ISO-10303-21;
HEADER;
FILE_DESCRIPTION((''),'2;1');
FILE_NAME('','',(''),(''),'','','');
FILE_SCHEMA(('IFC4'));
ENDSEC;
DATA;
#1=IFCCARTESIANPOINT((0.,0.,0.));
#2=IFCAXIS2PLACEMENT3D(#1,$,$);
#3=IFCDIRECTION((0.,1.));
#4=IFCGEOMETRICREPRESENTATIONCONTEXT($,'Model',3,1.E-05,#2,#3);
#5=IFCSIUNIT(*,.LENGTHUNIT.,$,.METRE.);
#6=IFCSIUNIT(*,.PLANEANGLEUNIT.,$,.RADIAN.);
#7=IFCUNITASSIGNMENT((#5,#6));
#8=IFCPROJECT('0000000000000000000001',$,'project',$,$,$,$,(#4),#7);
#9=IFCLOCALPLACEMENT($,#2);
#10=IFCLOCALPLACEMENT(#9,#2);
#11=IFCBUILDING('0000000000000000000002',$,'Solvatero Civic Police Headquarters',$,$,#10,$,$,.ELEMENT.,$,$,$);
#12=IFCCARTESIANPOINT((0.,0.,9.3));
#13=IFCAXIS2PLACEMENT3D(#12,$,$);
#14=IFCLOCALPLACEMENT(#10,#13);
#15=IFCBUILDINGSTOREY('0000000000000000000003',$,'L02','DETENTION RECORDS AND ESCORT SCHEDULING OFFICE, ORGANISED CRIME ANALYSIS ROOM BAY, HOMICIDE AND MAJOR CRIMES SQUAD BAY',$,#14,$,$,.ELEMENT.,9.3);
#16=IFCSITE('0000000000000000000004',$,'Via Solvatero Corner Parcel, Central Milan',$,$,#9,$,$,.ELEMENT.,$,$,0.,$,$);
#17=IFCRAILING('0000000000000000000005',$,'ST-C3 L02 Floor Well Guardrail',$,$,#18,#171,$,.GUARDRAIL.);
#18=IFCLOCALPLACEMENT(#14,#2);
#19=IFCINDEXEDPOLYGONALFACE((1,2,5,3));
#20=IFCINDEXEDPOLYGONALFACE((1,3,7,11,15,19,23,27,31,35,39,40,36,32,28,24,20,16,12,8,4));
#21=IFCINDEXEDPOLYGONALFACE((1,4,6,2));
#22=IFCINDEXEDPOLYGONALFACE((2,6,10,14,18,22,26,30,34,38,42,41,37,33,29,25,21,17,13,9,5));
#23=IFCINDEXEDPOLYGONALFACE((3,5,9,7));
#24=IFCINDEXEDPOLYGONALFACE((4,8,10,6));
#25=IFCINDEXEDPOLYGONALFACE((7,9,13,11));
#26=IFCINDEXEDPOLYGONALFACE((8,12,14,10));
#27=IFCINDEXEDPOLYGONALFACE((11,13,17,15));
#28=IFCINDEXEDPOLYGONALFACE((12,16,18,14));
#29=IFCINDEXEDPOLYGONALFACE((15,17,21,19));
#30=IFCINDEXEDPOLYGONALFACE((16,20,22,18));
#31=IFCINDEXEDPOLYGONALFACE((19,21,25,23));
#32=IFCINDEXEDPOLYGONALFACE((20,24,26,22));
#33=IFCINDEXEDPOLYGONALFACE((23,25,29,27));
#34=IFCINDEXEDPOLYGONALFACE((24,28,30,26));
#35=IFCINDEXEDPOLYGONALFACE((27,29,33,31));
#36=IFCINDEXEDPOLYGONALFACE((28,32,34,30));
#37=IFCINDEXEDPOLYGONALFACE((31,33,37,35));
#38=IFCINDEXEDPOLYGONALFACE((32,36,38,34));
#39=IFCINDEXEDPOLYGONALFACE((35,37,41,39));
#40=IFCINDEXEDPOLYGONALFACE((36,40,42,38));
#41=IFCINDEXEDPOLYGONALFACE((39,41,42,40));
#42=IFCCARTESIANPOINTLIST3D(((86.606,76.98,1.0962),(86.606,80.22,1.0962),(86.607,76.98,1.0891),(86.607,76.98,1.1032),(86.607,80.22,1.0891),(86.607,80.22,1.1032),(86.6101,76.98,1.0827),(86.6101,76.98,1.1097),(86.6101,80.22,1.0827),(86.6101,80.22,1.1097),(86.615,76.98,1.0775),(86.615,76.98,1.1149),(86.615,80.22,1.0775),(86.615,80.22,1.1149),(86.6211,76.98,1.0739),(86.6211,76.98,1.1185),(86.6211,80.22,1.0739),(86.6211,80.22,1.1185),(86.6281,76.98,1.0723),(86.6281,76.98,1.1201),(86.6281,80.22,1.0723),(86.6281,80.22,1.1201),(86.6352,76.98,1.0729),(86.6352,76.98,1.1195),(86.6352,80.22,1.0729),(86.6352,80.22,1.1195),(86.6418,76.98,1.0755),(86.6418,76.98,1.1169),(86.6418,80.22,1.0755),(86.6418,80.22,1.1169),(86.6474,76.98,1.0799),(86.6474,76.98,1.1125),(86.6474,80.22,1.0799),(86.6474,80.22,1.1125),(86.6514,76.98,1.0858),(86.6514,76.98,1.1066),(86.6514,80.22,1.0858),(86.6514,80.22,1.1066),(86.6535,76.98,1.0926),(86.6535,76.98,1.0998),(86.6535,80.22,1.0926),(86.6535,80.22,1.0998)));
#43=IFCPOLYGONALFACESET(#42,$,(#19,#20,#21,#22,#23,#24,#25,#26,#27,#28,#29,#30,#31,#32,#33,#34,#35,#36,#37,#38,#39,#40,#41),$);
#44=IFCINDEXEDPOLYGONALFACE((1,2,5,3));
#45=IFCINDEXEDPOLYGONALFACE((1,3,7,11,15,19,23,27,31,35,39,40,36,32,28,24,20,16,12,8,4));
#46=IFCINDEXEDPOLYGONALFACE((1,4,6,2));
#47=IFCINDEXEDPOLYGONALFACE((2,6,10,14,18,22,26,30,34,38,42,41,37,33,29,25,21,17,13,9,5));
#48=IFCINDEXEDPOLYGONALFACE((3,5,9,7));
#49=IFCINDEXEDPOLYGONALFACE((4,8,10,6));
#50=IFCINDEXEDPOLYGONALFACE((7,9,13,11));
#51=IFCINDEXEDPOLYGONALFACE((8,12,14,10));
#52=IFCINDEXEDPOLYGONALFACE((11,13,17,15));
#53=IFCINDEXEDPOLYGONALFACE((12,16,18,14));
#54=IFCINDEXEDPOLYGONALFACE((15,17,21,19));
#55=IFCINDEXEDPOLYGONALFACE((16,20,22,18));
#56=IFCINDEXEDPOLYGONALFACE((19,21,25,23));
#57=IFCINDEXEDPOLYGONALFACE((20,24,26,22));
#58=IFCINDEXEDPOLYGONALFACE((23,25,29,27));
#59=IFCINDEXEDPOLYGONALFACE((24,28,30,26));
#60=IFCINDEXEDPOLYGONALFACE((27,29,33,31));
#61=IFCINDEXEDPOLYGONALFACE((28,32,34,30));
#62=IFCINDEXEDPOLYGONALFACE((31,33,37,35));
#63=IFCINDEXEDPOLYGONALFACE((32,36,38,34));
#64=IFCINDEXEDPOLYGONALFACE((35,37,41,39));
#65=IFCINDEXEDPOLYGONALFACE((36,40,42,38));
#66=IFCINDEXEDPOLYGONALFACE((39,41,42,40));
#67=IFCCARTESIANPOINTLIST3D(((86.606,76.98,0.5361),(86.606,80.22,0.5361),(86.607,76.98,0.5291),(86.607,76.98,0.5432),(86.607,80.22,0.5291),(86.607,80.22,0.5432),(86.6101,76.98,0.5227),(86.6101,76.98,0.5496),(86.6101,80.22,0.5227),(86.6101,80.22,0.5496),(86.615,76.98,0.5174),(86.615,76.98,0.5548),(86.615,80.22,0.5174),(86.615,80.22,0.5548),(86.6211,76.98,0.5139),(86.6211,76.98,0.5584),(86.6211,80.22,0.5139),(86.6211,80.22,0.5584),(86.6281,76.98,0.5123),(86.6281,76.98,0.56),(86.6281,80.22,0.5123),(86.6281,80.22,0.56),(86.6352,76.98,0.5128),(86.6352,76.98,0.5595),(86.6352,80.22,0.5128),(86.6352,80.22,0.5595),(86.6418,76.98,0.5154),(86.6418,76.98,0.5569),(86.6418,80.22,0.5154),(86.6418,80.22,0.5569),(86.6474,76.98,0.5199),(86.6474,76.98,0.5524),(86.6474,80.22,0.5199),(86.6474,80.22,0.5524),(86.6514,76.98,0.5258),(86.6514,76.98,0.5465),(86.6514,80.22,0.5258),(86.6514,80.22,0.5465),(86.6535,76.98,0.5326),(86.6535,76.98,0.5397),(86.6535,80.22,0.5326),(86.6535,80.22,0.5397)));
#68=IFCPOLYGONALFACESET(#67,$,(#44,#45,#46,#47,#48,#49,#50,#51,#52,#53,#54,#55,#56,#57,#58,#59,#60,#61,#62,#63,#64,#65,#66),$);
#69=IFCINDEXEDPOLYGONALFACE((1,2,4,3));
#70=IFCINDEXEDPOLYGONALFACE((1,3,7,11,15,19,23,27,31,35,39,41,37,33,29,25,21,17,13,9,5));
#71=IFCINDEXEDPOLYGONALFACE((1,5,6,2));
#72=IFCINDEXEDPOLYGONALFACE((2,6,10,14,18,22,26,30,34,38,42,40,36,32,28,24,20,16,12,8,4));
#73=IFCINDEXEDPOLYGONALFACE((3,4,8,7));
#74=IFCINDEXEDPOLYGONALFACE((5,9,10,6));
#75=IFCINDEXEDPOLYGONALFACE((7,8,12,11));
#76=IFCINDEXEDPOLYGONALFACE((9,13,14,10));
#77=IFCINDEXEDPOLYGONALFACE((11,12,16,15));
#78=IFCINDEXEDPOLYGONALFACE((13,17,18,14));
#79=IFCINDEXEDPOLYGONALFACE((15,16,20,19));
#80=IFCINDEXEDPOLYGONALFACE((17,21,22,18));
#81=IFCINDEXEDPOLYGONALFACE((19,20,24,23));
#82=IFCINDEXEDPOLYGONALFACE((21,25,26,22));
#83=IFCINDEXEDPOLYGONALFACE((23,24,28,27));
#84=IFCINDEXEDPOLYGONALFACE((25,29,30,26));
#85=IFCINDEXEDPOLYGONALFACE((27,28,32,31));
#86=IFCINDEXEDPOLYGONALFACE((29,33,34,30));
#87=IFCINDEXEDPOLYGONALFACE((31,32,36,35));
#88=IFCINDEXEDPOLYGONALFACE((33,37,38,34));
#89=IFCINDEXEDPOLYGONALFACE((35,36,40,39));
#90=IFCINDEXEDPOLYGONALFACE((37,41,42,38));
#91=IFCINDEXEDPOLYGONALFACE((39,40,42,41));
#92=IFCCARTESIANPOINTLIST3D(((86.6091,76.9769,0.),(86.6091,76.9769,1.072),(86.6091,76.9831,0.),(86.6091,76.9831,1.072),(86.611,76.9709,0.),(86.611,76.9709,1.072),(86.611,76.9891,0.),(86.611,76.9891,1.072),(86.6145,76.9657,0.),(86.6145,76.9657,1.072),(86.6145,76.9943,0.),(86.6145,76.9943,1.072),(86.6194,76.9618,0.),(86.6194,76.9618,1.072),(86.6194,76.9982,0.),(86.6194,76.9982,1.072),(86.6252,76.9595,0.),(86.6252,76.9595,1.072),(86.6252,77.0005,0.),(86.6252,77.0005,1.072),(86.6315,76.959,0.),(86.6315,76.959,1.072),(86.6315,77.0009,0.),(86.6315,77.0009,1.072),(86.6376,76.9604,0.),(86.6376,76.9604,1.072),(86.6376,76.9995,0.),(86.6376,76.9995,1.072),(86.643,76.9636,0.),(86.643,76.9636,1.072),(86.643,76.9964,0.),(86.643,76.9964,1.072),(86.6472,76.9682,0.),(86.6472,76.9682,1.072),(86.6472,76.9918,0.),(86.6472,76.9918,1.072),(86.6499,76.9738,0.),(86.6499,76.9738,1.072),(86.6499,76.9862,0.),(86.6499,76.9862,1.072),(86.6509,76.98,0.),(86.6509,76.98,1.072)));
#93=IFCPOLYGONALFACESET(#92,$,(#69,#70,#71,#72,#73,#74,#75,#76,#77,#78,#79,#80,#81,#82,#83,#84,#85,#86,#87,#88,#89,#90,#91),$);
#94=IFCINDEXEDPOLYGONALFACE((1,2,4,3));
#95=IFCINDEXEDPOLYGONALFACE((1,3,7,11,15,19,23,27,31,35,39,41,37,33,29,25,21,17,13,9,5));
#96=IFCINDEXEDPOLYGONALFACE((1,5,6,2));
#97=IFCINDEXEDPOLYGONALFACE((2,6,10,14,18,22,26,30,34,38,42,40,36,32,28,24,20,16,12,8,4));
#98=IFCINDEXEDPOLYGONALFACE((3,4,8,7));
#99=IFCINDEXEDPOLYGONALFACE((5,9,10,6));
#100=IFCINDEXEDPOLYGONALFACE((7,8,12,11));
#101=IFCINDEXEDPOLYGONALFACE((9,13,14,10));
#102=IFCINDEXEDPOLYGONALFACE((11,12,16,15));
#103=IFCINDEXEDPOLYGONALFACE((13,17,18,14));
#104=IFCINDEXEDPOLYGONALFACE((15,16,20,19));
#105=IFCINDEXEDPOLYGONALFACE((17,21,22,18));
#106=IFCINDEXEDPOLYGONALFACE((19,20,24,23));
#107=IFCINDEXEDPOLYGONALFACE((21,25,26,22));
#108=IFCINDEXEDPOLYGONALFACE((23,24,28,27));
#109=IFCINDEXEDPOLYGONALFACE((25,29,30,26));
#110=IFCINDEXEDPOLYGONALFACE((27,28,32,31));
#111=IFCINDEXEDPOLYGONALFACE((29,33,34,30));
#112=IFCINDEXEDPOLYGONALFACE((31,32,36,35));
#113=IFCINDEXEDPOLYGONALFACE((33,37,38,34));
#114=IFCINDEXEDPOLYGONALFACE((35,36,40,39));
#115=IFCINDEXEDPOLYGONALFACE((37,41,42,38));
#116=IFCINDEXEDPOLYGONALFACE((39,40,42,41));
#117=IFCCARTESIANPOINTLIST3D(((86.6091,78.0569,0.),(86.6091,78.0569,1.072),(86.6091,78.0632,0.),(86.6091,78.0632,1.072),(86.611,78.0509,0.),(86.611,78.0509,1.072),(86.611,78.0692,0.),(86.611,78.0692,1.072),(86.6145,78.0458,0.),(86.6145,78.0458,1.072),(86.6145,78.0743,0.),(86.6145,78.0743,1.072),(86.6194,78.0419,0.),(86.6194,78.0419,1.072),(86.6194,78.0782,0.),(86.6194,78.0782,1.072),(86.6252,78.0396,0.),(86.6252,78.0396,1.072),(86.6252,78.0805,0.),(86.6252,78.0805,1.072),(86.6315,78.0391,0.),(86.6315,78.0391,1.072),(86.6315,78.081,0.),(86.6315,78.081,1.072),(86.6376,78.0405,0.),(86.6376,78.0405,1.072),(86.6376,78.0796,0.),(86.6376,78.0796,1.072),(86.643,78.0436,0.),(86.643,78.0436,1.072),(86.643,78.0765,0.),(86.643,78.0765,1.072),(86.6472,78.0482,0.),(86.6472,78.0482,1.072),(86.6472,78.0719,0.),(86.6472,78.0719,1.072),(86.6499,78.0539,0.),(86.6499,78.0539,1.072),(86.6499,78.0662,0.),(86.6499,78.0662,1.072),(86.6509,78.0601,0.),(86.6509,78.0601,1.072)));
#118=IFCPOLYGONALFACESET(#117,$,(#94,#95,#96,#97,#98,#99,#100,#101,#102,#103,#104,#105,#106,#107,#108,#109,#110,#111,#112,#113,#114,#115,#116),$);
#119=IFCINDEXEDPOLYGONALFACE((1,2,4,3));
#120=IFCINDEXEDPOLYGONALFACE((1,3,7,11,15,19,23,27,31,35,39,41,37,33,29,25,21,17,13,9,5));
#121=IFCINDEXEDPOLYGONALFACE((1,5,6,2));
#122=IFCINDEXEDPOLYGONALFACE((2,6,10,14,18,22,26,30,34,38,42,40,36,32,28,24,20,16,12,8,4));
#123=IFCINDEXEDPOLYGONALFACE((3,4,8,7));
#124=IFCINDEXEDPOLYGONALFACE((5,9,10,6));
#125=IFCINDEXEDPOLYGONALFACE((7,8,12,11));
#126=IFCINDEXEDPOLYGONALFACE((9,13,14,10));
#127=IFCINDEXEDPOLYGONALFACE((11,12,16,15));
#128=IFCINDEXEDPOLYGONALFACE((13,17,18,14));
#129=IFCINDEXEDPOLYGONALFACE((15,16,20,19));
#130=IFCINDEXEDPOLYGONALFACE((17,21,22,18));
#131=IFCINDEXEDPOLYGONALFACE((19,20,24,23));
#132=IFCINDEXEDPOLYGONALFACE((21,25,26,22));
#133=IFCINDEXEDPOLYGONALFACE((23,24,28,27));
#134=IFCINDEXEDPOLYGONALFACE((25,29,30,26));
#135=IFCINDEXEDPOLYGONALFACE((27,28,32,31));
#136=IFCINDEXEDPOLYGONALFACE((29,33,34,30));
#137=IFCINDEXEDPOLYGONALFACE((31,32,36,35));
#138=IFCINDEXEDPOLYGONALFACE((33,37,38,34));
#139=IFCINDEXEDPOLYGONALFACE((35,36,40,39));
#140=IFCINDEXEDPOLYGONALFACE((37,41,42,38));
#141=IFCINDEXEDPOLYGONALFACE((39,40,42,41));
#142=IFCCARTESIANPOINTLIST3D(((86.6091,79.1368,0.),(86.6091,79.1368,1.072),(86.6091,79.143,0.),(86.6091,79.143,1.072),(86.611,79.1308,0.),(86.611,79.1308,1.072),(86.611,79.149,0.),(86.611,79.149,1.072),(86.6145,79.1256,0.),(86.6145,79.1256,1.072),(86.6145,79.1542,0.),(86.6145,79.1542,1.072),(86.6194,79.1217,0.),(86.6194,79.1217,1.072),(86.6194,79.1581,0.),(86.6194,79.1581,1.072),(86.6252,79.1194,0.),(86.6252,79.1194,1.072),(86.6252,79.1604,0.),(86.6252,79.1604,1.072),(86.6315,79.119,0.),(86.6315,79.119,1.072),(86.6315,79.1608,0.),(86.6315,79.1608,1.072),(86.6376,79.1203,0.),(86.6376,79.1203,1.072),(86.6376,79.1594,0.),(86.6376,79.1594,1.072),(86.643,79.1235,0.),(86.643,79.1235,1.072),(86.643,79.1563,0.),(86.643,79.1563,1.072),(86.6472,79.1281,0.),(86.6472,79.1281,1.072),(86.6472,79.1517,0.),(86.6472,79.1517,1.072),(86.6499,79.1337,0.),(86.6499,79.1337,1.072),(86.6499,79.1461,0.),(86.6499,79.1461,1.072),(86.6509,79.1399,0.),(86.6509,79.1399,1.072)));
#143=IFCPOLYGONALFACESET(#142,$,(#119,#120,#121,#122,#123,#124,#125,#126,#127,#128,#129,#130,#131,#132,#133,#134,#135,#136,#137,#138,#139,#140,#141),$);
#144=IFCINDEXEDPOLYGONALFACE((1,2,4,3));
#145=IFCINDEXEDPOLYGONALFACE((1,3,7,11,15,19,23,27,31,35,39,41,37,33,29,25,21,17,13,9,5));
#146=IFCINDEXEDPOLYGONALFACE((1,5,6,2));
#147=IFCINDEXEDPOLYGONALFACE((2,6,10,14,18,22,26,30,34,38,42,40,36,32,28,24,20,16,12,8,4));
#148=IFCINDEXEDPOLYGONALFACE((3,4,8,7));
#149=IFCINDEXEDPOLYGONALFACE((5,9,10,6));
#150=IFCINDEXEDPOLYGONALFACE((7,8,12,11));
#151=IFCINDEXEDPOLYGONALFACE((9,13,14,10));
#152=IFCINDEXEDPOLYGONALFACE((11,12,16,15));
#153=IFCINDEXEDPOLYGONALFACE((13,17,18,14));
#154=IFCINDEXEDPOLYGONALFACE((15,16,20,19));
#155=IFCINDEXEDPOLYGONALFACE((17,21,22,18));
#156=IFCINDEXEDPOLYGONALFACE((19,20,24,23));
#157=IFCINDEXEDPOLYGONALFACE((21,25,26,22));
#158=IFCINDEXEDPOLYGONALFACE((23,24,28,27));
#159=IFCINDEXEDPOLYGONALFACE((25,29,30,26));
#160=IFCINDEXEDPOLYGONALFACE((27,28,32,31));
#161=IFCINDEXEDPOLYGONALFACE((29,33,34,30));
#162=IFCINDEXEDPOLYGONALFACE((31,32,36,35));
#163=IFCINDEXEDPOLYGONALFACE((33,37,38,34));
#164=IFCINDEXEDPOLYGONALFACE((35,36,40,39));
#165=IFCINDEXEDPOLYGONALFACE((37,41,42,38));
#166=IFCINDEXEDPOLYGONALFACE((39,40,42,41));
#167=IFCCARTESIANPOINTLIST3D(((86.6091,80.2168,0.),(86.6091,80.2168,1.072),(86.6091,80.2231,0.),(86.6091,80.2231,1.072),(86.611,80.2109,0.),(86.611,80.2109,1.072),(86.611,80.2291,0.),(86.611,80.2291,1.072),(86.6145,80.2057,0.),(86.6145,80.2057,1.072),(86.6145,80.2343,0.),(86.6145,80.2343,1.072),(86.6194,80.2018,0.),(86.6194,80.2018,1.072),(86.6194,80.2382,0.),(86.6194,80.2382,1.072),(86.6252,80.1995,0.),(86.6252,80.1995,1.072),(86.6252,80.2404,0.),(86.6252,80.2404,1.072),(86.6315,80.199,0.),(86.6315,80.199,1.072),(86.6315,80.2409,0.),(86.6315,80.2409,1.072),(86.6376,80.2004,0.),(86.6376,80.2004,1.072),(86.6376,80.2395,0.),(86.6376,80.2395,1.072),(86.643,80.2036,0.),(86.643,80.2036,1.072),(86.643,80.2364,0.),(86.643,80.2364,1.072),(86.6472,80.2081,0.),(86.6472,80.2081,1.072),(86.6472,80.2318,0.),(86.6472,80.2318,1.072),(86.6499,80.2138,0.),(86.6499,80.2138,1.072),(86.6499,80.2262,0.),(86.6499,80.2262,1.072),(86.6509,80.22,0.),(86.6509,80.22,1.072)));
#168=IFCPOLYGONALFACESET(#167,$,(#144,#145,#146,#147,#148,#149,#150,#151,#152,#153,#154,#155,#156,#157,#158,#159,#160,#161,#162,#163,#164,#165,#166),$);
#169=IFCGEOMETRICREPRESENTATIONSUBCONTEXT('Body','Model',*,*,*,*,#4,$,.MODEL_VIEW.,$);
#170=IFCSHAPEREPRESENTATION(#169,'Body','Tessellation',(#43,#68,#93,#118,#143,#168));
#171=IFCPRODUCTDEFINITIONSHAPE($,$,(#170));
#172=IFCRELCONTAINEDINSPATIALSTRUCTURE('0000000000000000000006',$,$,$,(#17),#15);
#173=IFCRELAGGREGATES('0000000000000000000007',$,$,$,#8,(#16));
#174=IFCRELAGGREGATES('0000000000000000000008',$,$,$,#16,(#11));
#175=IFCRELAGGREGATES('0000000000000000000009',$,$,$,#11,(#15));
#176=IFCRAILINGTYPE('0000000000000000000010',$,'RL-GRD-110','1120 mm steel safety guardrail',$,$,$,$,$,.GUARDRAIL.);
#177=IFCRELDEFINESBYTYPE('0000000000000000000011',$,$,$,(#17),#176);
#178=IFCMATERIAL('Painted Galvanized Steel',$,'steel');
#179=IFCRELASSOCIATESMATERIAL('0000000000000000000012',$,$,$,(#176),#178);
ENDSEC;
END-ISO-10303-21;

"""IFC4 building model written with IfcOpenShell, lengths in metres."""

from ifc_helpers import new_model, si_unit, direction, frame, origin, origin_2d, place, context, subcontext, project, spatial, circle, extrude, material, type_object, element, save


model = new_model("IFC4")

# Units and contexts
model_context = context("Model", 3, precision=1e-05, world=origin(), true_north=direction((0.0, 1.0)))
body_context = subcontext(model_context, "Body", "Model", "MODEL_VIEW")
ifc_project = project(units=[si_unit("LENGTHUNIT", "METRE"), si_unit("PLANEANGLEUNIT", "RADIAN")], contexts=[model_context])

# Site, building, storey
site_placement = place(None, origin())
site = spatial("IfcSite", under=ifc_project, at=site_placement, Name="Via Solvatero Corner Parcel, Central Milan", CompositionType="ELEMENT", RefElevation=0.0)
building_placement = place(site_placement, origin())
building = spatial("IfcBuilding", under=site, at=building_placement, Name="Solvatero Civic Police Headquarters", CompositionType="ELEMENT")
storey_placement = place(building_placement, frame((0.0, 0.0, 9.3)))
storey = spatial("IfcBuildingStorey", under=building, at=storey_placement, Name="L02", Description="DETENTION RECORDS AND ESCORT SCHEDULING OFFICE, ORGANISED CRIME ANALYSIS ROOM BAY, HOMICIDE AND MAJOR CRIMES SQUAD BAY", CompositionType="ELEMENT", Elevation=9.3)

# Railing
ifc_material_1 = material(Name="Painted Galvanized Steel", Category="steel")
railing_type_1 = type_object("IfcRailingType", Name="RL-GRD-110", Description="1120 mm steel safety guardrail", PredefinedType="GUARDRAIL", material=ifc_material_1)
railing_1_placement = place(storey_placement, frame((86.6299, 76.98, 0.0)))
element("IfcRailing", 1, at=railing_1_placement, inside=storey, type_object=railing_type_1, Name="ST-C3 L02 Floor Well Guardrail", PredefinedType="GUARDRAIL", context=body_context, shape_type="SweptSolid", body=[
    extrude(circle(Radius=0.0239, at=origin_2d()), frame((0.0, 0.0, 1.0962), z_axis=(0.0, 1.0, 0.0), x_axis=(-1.0, 0.0, 0.0)), (0.0, 0.0, 1.0), 3.24),
    extrude(circle(Radius=0.0239, at=origin_2d()), frame((0.0, 0.0, 0.5361), z_axis=(0.0, 1.0, 0.0), x_axis=(-1.0, 0.0, 0.0)), (0.0, 0.0, 1.0), 3.24),
    extrude(circle(Radius=0.021, at=origin_2d()), origin(), (0.0, 0.0, 1.0), 1.072),
    extrude(circle(Radius=0.021, at=origin_2d()), frame((0.0, 1.0801, 0.0)), (0.0, 0.0, 1.0), 1.072),
    extrude(circle(Radius=0.021, at=origin_2d()), frame((0.0, 2.1599, 0.0)), (0.0, 0.0, 1.0), 1.072),
    extrude(circle(Radius=0.021, at=origin_2d()), frame((0.0, 3.24, 0.0)), (0.0, 0.0, 1.0), 1.072),
])

save(model, "model.ifc")
